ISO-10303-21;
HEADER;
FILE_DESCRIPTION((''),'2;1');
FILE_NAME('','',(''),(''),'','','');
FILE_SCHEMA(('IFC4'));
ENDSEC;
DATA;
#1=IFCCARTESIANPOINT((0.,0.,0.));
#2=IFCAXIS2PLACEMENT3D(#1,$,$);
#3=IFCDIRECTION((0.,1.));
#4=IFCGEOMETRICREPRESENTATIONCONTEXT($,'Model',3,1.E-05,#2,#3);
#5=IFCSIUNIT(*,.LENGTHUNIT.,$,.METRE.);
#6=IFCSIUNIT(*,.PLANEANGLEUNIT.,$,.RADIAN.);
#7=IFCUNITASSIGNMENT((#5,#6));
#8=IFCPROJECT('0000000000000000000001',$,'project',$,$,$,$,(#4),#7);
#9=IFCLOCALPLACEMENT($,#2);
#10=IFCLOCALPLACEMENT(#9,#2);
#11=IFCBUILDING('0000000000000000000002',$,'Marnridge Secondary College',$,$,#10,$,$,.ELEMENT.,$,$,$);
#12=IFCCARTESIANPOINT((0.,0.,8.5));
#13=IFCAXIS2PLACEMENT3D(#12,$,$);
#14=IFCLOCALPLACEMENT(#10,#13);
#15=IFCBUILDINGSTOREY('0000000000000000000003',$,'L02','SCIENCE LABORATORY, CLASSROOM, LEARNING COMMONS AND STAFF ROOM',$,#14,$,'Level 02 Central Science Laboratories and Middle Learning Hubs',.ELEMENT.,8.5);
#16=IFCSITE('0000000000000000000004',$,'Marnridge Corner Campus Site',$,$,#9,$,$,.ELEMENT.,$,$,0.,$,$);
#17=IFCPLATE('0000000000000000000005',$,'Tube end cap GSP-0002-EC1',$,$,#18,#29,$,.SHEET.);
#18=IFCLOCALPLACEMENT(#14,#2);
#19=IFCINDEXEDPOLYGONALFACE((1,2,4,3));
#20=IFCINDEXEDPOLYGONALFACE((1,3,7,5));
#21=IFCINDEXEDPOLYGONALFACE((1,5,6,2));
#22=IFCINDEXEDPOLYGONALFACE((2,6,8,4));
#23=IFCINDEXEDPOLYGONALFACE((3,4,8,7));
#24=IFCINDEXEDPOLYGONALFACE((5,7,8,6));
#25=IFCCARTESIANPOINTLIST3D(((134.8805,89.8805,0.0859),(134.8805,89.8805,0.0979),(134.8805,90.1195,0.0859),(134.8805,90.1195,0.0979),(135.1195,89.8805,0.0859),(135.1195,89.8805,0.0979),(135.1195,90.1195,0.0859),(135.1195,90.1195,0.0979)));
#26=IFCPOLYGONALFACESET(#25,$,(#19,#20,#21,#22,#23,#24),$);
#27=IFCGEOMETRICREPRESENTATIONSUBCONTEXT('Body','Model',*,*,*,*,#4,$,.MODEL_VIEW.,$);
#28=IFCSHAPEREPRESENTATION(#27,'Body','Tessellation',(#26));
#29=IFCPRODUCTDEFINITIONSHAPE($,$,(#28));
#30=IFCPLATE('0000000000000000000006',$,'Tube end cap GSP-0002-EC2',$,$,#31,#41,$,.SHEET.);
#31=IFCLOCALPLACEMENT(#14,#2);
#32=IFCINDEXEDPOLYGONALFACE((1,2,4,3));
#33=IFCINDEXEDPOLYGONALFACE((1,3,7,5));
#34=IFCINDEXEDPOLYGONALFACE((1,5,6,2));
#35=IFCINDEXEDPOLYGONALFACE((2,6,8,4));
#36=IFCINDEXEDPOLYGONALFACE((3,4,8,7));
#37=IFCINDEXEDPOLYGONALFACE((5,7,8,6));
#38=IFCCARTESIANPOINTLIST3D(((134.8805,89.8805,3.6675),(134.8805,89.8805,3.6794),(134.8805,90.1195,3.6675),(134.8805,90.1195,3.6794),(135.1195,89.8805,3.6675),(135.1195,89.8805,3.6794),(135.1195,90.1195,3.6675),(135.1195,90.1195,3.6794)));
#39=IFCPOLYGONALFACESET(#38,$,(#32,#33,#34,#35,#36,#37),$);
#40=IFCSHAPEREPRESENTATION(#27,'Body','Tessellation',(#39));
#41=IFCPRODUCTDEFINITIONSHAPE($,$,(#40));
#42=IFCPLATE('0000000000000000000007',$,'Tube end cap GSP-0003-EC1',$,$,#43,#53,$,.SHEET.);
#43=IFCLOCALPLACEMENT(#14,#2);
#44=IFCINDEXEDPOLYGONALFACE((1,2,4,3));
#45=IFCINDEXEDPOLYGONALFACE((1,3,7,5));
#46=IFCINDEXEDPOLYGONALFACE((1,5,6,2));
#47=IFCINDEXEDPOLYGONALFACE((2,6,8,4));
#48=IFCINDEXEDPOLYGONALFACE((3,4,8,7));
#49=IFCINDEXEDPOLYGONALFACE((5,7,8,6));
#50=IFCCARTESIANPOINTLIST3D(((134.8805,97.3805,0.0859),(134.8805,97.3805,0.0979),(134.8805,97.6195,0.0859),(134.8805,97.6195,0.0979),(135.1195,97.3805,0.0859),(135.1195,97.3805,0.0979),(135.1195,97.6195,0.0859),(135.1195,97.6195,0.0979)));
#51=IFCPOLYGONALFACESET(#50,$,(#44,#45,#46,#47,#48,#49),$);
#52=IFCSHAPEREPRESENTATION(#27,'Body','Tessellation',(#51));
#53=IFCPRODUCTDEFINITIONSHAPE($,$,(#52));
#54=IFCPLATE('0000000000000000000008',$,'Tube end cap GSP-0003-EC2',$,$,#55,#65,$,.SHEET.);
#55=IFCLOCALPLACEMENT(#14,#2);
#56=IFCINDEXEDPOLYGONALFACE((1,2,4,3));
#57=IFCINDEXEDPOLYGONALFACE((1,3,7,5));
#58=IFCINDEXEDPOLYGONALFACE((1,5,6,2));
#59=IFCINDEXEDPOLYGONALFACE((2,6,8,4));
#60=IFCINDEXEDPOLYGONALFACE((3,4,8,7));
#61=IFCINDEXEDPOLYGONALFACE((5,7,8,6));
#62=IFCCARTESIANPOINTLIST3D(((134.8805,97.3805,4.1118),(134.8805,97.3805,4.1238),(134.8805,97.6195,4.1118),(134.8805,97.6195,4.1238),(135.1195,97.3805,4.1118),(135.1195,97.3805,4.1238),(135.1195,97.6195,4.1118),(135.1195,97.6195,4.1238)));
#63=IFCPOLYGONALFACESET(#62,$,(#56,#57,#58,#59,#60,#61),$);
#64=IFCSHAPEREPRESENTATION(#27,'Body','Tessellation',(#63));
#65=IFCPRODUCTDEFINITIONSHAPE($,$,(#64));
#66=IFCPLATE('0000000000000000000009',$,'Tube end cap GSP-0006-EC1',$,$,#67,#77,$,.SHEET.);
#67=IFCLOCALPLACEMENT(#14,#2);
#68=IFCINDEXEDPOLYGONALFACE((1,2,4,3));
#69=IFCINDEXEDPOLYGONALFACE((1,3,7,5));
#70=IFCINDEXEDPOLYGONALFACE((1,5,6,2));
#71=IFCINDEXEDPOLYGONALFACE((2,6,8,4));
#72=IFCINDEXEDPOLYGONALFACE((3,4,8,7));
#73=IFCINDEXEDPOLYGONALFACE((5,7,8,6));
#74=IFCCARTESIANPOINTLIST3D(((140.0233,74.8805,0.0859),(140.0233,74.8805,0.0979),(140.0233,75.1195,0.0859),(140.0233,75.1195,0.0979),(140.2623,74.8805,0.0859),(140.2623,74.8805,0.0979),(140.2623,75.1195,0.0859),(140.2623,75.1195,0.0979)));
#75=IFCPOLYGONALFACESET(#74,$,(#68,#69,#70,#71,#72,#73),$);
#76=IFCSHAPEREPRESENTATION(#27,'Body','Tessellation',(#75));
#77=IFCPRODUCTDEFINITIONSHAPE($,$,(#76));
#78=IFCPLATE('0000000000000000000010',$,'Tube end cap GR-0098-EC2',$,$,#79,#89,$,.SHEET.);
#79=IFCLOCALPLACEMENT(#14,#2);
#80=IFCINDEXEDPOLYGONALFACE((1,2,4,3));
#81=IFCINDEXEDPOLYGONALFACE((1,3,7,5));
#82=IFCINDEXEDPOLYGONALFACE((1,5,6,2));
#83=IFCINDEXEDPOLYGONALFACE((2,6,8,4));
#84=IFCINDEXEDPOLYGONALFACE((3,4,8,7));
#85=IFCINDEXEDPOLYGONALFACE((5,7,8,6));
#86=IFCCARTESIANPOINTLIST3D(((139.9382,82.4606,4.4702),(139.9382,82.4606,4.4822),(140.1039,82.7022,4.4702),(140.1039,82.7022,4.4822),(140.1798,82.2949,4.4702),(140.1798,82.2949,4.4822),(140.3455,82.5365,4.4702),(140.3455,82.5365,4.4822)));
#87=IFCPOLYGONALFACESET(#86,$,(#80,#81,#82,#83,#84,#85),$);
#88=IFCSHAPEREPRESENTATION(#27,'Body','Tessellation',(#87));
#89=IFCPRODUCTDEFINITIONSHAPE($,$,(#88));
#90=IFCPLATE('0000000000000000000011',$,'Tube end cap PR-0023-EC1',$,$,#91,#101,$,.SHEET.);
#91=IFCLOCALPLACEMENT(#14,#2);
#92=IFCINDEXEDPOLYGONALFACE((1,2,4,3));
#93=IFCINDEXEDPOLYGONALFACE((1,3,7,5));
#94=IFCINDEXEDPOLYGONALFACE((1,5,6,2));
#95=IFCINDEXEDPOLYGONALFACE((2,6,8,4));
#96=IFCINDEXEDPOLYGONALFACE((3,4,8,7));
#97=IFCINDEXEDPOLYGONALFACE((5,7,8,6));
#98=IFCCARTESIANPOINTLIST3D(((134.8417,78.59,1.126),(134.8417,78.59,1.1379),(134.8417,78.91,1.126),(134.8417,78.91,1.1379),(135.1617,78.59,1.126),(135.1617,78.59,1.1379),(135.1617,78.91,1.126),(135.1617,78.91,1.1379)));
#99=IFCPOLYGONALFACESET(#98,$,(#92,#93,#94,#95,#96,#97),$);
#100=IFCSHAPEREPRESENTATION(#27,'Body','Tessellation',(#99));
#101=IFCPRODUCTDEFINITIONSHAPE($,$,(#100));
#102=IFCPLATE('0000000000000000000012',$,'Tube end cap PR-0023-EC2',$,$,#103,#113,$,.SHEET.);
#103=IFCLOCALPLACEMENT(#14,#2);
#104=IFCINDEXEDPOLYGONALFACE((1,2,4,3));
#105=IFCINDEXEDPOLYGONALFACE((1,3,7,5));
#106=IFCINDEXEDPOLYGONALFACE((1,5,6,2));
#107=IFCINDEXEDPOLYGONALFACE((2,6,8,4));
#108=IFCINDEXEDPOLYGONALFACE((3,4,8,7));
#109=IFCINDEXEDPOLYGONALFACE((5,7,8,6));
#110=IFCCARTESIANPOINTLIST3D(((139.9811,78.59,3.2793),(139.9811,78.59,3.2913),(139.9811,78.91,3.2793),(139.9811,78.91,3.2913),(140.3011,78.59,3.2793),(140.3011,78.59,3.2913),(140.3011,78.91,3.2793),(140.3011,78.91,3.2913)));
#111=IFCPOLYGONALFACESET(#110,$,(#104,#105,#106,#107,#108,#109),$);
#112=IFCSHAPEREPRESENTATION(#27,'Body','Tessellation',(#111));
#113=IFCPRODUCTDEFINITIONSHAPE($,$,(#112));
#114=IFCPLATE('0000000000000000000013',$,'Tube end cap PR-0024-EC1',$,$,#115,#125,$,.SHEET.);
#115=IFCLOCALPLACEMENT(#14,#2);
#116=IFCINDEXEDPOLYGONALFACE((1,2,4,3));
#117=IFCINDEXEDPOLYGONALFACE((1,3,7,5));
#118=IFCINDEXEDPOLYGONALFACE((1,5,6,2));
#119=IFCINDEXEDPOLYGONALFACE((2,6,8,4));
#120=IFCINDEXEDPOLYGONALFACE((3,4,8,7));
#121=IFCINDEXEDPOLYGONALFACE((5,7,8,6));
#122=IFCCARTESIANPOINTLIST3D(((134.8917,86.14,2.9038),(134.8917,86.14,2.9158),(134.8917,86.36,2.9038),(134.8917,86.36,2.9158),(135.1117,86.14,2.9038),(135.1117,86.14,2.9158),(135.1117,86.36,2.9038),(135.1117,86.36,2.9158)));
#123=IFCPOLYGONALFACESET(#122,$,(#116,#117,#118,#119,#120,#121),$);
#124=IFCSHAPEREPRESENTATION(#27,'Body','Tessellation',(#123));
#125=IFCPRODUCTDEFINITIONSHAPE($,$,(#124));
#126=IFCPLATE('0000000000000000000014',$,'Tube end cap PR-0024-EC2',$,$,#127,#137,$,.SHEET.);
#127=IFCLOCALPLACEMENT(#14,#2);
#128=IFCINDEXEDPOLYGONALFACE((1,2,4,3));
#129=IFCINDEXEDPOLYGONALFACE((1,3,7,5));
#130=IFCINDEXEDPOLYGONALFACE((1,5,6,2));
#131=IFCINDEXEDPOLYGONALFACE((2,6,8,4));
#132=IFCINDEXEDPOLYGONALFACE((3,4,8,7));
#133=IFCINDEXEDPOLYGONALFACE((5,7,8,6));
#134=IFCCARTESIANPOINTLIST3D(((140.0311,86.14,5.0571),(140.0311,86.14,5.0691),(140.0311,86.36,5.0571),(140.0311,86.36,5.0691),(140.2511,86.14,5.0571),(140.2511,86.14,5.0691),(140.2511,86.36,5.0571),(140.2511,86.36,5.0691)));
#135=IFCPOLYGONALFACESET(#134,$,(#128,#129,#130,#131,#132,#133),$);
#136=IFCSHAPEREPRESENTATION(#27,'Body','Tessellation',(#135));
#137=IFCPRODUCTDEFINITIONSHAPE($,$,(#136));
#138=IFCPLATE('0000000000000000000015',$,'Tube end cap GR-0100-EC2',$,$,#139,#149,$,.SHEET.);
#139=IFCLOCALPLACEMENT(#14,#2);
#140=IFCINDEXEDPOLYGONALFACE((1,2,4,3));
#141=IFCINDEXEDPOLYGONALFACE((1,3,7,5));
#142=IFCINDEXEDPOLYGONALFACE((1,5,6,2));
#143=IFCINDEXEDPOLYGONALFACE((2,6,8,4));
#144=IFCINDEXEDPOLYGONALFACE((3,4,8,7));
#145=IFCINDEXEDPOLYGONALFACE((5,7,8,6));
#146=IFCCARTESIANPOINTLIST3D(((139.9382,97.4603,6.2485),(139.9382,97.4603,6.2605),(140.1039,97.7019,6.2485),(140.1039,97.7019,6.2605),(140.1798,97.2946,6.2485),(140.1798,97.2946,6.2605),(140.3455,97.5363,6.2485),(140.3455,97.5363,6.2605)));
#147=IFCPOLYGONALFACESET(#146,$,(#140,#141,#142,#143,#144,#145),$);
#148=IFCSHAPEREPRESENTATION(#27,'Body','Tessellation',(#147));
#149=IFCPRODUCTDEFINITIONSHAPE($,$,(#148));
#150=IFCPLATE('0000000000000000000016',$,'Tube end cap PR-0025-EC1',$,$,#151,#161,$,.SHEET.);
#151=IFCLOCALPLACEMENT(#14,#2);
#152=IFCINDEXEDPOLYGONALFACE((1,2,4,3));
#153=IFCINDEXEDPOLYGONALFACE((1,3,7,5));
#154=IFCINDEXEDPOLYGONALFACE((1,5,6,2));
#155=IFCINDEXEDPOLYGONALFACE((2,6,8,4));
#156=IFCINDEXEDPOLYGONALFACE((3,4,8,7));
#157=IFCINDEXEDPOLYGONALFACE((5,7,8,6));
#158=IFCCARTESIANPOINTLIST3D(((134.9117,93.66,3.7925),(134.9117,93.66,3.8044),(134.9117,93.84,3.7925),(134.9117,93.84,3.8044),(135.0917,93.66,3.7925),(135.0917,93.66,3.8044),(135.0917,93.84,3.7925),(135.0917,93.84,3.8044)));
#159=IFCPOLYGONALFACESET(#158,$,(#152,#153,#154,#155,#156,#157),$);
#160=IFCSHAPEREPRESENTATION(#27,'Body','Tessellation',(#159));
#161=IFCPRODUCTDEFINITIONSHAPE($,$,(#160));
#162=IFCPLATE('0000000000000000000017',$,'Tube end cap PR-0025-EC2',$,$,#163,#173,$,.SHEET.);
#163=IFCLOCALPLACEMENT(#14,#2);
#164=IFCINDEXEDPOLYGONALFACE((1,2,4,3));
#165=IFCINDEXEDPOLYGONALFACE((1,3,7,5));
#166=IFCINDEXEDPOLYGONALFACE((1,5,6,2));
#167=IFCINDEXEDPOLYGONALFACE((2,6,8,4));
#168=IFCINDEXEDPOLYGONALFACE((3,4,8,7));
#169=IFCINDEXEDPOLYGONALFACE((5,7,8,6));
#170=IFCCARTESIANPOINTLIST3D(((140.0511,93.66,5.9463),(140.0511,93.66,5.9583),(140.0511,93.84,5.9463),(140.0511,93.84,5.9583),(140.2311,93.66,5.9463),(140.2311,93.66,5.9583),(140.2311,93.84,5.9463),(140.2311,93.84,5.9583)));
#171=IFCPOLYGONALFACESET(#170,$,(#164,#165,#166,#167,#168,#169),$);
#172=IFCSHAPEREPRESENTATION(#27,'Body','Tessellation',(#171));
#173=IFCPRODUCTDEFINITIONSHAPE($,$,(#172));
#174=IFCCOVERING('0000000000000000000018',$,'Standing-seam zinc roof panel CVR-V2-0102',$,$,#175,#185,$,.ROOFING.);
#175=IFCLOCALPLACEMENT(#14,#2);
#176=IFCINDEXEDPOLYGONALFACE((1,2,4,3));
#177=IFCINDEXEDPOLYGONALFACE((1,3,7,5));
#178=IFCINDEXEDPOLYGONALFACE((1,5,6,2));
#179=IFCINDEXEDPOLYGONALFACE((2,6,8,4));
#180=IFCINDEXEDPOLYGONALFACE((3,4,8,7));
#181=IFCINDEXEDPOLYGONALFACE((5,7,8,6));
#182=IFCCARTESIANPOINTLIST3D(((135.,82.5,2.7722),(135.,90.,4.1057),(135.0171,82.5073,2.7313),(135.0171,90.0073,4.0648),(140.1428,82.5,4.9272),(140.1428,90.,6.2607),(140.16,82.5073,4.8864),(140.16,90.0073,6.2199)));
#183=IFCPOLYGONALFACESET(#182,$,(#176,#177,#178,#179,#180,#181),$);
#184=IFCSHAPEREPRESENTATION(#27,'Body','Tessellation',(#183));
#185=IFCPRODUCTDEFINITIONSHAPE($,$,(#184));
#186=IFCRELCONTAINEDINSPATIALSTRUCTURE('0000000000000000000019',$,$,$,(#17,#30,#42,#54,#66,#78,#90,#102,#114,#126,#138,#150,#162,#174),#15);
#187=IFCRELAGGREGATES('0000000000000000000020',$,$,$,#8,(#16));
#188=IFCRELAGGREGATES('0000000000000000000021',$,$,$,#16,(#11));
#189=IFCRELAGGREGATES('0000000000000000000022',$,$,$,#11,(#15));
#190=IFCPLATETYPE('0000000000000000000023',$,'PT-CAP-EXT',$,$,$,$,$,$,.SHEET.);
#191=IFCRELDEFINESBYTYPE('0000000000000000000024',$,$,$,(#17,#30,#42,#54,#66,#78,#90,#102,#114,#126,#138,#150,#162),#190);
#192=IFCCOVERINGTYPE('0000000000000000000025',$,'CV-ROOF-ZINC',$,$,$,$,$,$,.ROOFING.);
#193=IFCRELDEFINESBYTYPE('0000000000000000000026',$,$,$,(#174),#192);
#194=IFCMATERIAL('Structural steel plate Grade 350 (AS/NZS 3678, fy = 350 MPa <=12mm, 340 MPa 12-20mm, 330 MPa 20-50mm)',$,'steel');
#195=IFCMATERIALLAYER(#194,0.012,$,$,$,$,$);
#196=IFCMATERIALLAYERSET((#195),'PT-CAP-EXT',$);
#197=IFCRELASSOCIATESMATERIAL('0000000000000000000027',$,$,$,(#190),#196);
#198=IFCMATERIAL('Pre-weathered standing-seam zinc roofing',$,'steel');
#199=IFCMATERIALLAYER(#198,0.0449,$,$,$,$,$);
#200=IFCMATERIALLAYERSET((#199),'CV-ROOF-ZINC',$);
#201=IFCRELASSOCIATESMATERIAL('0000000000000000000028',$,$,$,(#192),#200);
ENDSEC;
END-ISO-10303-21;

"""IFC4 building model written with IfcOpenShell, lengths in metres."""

from ifc_helpers import new_model, si_unit, direction, frame, origin, origin_2d, place, context, subcontext, project, spatial, polyline, rectangle, outline, extrude, material, layer, layer_set, type_object, element, save


model = new_model("IFC4")

# Units and contexts
model_context = context("Model", 3, precision=1e-05, world=origin(), true_north=direction((0.0, 1.0)))
body_context = subcontext(model_context, "Body", "Model", "MODEL_VIEW")
ifc_project = project(units=[si_unit("LENGTHUNIT", "METRE"), si_unit("PLANEANGLEUNIT", "RADIAN")], contexts=[model_context])

# Site, building, storey
site_placement = place(None, origin())
site = spatial("IfcSite", under=ifc_project, at=site_placement, Name="Marnridge Corner Campus Site", CompositionType="ELEMENT", RefElevation=0.0)
building_placement = place(site_placement, origin())
building = spatial("IfcBuilding", under=site, at=building_placement, Name="Marnridge Secondary College", CompositionType="ELEMENT")
storey_placement = place(building_placement, frame((0.0, 0.0, 8.5)))
storey = spatial("IfcBuildingStorey", under=building, at=storey_placement, Name="L02", Description="SCIENCE LABORATORY, CLASSROOM, LEARNING COMMONS AND STAFF ROOM", LongName="Level 02 Central Science Laboratories and Middle Learning Hubs", CompositionType="ELEMENT", Elevation=8.5)

# Plates
ifc_material_1 = material(Name="Structural steel plate Grade 350 (AS/NZS 3678, fy = 350 MPa <=12mm, 340 MPa 12-20mm, 330 MPa 20-50mm)", Category="steel")
ifc_layer_1 = layer(ifc_material_1, 0.012)
ifc_layer_set_1 = layer_set([ifc_layer_1], Name="PT-CAP-EXT")
plate_type = type_object("IfcPlateType", Name="PT-CAP-EXT", PredefinedType="SHEET", material=ifc_layer_set_1)
for number, where, z_axis, x_axis, name in (
    (1, (135.0, 90.0, 0.0859), (0.0, 0.0, 1.0), (1.0, 0.0, 0.0), "Tube end cap GSP-0002-EC1"),
    (2, (135.0, 90.0, 3.6675), (0.0, 0.0, 1.0), (1.0, 0.0, 0.0), "Tube end cap GSP-0002-EC2"),
    (3, (135.0, 97.5, 0.0859), (0.0, 0.0, 1.0), (1.0, 0.0, 0.0), "Tube end cap GSP-0003-EC1"),
    (4, (135.0, 97.5, 4.1118), (0.0, 0.0, 1.0), (1.0, 0.0, 0.0), "Tube end cap GSP-0003-EC2"),
    (5, (140.1428, 75.0, 0.0859), (0.0, 0.0, 1.0), (1.0, 0.0, 0.0), "Tube end cap GSP-0006-EC1"),
):
    element("IfcPlate", number, at=place(storey_placement, frame(where, z_axis=z_axis, x_axis=x_axis)), inside=storey, type_object=plate_type, Name=name, PredefinedType="SHEET", context=body_context, shape_type="SweptSolid", body=[
        extrude(rectangle(XDim=0.239, YDim=0.239, at=origin_2d()), origin(), (0.0, 0.0, 1.0), 0.012),
    ])
plate_1_placement = place(storey_placement, frame((140.1418, 82.4985, 4.4702), z_axis=(0.0, 0.0, 1.0), x_axis=(0.565543, 0.824719, 0.0)))
element("IfcPlate", 6, at=plate_1_placement, inside=storey, type_object=plate_type, Name="Tube end cap GR-0098-EC2", PredefinedType="SHEET", context=body_context, shape_type="SweptSolid", body=[
    extrude(rectangle(XDim=0.293, YDim=0.293, at=origin_2d()), origin(), (0.0, 0.0, 1.0), 0.012),
])
for number, where, z_axis, x_axis, name in (
    (7, (135.0017, 78.75, 1.126), (0.0, 0.0, 1.0), (1.0, 0.0, 0.0), "Tube end cap PR-0023-EC1"),
    (8, (140.1411, 78.75, 3.2793), (0.0, 0.0, 1.0), (1.0, 0.0, 0.0), "Tube end cap PR-0023-EC2"),
):
    element("IfcPlate", number, at=place(storey_placement, frame(where, z_axis=z_axis, x_axis=x_axis)), inside=storey, type_object=plate_type, Name=name, PredefinedType="SHEET", context=body_context, shape_type="SweptSolid", body=[
        extrude(rectangle(XDim=0.3201, YDim=0.3201, at=origin_2d()), origin(), (0.0, 0.0, 1.0), 0.012),
    ])
for number, where, z_axis, x_axis, name in (
    (9, (135.0017, 86.25, 2.9038), (0.0, 0.0, 1.0), (1.0, 0.0, 0.0), "Tube end cap PR-0024-EC1"),
    (10, (140.1411, 86.25, 5.0571), (0.0, 0.0, 1.0), (1.0, 0.0, 0.0), "Tube end cap PR-0024-EC2"),
):
    element("IfcPlate", number, at=place(storey_placement, frame(where, z_axis=z_axis, x_axis=x_axis)), inside=storey, type_object=plate_type, Name=name, PredefinedType="SHEET", context=body_context, shape_type="SweptSolid", body=[
        extrude(rectangle(XDim=0.22, YDim=0.22, at=origin_2d()), origin(), (0.0, 0.0, 1.0), 0.012),
    ])
plate_2_placement = place(storey_placement, frame((140.1418, 97.4983, 6.2485), z_axis=(0.0, 0.0, 1.0), x_axis=(0.565543, 0.824719, 0.0)))
element("IfcPlate", 11, at=plate_2_placement, inside=storey, type_object=plate_type, Name="Tube end cap GR-0100-EC2", PredefinedType="SHEET", context=body_context, shape_type="SweptSolid", body=[
    extrude(rectangle(XDim=0.293, YDim=0.293, at=origin_2d()), origin(), (0.0, 0.0, 1.0), 0.012),
])
for number, where, z_axis, x_axis, name in (
    (12, (135.0017, 93.75, 3.7925), (0.0, 0.0, 1.0), (1.0, 0.0, 0.0), "Tube end cap PR-0025-EC1"),
    (13, (140.1411, 93.75, 5.9463), (0.0, 0.0, 1.0), (1.0, 0.0, 0.0), "Tube end cap PR-0025-EC2"),
):
    element("IfcPlate", number, at=place(storey_placement, frame(where, z_axis=z_axis, x_axis=x_axis)), inside=storey, type_object=plate_type, Name=name, PredefinedType="SHEET", context=body_context, shape_type="SweptSolid", body=[
        extrude(rectangle(XDim=0.1799, YDim=0.1799, at=origin_2d()), origin(), (0.0, 0.0, 1.0), 0.012),
    ])

# Covering
ifc_material_2 = material(Name="Pre-weathered standing-seam zinc roofing", Category="steel")
ifc_layer_2 = layer(ifc_material_2, 0.0449)
ifc_layer_set_2 = layer_set([ifc_layer_2], Name="CV-ROOF-ZINC")
covering_type = type_object("IfcCoveringType", Name="CV-ROOF-ZINC", PredefinedType="ROOFING", material=ifc_layer_set_2)
covering_placement = place(storey_placement, frame((135.0, 82.5, 2.7722), z_axis=(-0.381383, -0.161823, 0.910143), x_axis=(0.922299, 0.0, 0.386477)))
element("IfcCovering", 14, at=covering_placement, inside=storey, type_object=covering_type, Name="Standing-seam zinc roof panel CVR-V2-0102", PredefinedType="ROOFING", context=body_context, shape_type="SweptSolid", body=[
    extrude(outline(polyline([(0.0, 0.0), (5.5761, 0.0), (6.0915, 7.6002), (0.5154, 7.6002), (0.0, 0.0)])), origin(), (0.0, 0.0, -1.0), 0.0449),
])

save(model, "model.ifc")
